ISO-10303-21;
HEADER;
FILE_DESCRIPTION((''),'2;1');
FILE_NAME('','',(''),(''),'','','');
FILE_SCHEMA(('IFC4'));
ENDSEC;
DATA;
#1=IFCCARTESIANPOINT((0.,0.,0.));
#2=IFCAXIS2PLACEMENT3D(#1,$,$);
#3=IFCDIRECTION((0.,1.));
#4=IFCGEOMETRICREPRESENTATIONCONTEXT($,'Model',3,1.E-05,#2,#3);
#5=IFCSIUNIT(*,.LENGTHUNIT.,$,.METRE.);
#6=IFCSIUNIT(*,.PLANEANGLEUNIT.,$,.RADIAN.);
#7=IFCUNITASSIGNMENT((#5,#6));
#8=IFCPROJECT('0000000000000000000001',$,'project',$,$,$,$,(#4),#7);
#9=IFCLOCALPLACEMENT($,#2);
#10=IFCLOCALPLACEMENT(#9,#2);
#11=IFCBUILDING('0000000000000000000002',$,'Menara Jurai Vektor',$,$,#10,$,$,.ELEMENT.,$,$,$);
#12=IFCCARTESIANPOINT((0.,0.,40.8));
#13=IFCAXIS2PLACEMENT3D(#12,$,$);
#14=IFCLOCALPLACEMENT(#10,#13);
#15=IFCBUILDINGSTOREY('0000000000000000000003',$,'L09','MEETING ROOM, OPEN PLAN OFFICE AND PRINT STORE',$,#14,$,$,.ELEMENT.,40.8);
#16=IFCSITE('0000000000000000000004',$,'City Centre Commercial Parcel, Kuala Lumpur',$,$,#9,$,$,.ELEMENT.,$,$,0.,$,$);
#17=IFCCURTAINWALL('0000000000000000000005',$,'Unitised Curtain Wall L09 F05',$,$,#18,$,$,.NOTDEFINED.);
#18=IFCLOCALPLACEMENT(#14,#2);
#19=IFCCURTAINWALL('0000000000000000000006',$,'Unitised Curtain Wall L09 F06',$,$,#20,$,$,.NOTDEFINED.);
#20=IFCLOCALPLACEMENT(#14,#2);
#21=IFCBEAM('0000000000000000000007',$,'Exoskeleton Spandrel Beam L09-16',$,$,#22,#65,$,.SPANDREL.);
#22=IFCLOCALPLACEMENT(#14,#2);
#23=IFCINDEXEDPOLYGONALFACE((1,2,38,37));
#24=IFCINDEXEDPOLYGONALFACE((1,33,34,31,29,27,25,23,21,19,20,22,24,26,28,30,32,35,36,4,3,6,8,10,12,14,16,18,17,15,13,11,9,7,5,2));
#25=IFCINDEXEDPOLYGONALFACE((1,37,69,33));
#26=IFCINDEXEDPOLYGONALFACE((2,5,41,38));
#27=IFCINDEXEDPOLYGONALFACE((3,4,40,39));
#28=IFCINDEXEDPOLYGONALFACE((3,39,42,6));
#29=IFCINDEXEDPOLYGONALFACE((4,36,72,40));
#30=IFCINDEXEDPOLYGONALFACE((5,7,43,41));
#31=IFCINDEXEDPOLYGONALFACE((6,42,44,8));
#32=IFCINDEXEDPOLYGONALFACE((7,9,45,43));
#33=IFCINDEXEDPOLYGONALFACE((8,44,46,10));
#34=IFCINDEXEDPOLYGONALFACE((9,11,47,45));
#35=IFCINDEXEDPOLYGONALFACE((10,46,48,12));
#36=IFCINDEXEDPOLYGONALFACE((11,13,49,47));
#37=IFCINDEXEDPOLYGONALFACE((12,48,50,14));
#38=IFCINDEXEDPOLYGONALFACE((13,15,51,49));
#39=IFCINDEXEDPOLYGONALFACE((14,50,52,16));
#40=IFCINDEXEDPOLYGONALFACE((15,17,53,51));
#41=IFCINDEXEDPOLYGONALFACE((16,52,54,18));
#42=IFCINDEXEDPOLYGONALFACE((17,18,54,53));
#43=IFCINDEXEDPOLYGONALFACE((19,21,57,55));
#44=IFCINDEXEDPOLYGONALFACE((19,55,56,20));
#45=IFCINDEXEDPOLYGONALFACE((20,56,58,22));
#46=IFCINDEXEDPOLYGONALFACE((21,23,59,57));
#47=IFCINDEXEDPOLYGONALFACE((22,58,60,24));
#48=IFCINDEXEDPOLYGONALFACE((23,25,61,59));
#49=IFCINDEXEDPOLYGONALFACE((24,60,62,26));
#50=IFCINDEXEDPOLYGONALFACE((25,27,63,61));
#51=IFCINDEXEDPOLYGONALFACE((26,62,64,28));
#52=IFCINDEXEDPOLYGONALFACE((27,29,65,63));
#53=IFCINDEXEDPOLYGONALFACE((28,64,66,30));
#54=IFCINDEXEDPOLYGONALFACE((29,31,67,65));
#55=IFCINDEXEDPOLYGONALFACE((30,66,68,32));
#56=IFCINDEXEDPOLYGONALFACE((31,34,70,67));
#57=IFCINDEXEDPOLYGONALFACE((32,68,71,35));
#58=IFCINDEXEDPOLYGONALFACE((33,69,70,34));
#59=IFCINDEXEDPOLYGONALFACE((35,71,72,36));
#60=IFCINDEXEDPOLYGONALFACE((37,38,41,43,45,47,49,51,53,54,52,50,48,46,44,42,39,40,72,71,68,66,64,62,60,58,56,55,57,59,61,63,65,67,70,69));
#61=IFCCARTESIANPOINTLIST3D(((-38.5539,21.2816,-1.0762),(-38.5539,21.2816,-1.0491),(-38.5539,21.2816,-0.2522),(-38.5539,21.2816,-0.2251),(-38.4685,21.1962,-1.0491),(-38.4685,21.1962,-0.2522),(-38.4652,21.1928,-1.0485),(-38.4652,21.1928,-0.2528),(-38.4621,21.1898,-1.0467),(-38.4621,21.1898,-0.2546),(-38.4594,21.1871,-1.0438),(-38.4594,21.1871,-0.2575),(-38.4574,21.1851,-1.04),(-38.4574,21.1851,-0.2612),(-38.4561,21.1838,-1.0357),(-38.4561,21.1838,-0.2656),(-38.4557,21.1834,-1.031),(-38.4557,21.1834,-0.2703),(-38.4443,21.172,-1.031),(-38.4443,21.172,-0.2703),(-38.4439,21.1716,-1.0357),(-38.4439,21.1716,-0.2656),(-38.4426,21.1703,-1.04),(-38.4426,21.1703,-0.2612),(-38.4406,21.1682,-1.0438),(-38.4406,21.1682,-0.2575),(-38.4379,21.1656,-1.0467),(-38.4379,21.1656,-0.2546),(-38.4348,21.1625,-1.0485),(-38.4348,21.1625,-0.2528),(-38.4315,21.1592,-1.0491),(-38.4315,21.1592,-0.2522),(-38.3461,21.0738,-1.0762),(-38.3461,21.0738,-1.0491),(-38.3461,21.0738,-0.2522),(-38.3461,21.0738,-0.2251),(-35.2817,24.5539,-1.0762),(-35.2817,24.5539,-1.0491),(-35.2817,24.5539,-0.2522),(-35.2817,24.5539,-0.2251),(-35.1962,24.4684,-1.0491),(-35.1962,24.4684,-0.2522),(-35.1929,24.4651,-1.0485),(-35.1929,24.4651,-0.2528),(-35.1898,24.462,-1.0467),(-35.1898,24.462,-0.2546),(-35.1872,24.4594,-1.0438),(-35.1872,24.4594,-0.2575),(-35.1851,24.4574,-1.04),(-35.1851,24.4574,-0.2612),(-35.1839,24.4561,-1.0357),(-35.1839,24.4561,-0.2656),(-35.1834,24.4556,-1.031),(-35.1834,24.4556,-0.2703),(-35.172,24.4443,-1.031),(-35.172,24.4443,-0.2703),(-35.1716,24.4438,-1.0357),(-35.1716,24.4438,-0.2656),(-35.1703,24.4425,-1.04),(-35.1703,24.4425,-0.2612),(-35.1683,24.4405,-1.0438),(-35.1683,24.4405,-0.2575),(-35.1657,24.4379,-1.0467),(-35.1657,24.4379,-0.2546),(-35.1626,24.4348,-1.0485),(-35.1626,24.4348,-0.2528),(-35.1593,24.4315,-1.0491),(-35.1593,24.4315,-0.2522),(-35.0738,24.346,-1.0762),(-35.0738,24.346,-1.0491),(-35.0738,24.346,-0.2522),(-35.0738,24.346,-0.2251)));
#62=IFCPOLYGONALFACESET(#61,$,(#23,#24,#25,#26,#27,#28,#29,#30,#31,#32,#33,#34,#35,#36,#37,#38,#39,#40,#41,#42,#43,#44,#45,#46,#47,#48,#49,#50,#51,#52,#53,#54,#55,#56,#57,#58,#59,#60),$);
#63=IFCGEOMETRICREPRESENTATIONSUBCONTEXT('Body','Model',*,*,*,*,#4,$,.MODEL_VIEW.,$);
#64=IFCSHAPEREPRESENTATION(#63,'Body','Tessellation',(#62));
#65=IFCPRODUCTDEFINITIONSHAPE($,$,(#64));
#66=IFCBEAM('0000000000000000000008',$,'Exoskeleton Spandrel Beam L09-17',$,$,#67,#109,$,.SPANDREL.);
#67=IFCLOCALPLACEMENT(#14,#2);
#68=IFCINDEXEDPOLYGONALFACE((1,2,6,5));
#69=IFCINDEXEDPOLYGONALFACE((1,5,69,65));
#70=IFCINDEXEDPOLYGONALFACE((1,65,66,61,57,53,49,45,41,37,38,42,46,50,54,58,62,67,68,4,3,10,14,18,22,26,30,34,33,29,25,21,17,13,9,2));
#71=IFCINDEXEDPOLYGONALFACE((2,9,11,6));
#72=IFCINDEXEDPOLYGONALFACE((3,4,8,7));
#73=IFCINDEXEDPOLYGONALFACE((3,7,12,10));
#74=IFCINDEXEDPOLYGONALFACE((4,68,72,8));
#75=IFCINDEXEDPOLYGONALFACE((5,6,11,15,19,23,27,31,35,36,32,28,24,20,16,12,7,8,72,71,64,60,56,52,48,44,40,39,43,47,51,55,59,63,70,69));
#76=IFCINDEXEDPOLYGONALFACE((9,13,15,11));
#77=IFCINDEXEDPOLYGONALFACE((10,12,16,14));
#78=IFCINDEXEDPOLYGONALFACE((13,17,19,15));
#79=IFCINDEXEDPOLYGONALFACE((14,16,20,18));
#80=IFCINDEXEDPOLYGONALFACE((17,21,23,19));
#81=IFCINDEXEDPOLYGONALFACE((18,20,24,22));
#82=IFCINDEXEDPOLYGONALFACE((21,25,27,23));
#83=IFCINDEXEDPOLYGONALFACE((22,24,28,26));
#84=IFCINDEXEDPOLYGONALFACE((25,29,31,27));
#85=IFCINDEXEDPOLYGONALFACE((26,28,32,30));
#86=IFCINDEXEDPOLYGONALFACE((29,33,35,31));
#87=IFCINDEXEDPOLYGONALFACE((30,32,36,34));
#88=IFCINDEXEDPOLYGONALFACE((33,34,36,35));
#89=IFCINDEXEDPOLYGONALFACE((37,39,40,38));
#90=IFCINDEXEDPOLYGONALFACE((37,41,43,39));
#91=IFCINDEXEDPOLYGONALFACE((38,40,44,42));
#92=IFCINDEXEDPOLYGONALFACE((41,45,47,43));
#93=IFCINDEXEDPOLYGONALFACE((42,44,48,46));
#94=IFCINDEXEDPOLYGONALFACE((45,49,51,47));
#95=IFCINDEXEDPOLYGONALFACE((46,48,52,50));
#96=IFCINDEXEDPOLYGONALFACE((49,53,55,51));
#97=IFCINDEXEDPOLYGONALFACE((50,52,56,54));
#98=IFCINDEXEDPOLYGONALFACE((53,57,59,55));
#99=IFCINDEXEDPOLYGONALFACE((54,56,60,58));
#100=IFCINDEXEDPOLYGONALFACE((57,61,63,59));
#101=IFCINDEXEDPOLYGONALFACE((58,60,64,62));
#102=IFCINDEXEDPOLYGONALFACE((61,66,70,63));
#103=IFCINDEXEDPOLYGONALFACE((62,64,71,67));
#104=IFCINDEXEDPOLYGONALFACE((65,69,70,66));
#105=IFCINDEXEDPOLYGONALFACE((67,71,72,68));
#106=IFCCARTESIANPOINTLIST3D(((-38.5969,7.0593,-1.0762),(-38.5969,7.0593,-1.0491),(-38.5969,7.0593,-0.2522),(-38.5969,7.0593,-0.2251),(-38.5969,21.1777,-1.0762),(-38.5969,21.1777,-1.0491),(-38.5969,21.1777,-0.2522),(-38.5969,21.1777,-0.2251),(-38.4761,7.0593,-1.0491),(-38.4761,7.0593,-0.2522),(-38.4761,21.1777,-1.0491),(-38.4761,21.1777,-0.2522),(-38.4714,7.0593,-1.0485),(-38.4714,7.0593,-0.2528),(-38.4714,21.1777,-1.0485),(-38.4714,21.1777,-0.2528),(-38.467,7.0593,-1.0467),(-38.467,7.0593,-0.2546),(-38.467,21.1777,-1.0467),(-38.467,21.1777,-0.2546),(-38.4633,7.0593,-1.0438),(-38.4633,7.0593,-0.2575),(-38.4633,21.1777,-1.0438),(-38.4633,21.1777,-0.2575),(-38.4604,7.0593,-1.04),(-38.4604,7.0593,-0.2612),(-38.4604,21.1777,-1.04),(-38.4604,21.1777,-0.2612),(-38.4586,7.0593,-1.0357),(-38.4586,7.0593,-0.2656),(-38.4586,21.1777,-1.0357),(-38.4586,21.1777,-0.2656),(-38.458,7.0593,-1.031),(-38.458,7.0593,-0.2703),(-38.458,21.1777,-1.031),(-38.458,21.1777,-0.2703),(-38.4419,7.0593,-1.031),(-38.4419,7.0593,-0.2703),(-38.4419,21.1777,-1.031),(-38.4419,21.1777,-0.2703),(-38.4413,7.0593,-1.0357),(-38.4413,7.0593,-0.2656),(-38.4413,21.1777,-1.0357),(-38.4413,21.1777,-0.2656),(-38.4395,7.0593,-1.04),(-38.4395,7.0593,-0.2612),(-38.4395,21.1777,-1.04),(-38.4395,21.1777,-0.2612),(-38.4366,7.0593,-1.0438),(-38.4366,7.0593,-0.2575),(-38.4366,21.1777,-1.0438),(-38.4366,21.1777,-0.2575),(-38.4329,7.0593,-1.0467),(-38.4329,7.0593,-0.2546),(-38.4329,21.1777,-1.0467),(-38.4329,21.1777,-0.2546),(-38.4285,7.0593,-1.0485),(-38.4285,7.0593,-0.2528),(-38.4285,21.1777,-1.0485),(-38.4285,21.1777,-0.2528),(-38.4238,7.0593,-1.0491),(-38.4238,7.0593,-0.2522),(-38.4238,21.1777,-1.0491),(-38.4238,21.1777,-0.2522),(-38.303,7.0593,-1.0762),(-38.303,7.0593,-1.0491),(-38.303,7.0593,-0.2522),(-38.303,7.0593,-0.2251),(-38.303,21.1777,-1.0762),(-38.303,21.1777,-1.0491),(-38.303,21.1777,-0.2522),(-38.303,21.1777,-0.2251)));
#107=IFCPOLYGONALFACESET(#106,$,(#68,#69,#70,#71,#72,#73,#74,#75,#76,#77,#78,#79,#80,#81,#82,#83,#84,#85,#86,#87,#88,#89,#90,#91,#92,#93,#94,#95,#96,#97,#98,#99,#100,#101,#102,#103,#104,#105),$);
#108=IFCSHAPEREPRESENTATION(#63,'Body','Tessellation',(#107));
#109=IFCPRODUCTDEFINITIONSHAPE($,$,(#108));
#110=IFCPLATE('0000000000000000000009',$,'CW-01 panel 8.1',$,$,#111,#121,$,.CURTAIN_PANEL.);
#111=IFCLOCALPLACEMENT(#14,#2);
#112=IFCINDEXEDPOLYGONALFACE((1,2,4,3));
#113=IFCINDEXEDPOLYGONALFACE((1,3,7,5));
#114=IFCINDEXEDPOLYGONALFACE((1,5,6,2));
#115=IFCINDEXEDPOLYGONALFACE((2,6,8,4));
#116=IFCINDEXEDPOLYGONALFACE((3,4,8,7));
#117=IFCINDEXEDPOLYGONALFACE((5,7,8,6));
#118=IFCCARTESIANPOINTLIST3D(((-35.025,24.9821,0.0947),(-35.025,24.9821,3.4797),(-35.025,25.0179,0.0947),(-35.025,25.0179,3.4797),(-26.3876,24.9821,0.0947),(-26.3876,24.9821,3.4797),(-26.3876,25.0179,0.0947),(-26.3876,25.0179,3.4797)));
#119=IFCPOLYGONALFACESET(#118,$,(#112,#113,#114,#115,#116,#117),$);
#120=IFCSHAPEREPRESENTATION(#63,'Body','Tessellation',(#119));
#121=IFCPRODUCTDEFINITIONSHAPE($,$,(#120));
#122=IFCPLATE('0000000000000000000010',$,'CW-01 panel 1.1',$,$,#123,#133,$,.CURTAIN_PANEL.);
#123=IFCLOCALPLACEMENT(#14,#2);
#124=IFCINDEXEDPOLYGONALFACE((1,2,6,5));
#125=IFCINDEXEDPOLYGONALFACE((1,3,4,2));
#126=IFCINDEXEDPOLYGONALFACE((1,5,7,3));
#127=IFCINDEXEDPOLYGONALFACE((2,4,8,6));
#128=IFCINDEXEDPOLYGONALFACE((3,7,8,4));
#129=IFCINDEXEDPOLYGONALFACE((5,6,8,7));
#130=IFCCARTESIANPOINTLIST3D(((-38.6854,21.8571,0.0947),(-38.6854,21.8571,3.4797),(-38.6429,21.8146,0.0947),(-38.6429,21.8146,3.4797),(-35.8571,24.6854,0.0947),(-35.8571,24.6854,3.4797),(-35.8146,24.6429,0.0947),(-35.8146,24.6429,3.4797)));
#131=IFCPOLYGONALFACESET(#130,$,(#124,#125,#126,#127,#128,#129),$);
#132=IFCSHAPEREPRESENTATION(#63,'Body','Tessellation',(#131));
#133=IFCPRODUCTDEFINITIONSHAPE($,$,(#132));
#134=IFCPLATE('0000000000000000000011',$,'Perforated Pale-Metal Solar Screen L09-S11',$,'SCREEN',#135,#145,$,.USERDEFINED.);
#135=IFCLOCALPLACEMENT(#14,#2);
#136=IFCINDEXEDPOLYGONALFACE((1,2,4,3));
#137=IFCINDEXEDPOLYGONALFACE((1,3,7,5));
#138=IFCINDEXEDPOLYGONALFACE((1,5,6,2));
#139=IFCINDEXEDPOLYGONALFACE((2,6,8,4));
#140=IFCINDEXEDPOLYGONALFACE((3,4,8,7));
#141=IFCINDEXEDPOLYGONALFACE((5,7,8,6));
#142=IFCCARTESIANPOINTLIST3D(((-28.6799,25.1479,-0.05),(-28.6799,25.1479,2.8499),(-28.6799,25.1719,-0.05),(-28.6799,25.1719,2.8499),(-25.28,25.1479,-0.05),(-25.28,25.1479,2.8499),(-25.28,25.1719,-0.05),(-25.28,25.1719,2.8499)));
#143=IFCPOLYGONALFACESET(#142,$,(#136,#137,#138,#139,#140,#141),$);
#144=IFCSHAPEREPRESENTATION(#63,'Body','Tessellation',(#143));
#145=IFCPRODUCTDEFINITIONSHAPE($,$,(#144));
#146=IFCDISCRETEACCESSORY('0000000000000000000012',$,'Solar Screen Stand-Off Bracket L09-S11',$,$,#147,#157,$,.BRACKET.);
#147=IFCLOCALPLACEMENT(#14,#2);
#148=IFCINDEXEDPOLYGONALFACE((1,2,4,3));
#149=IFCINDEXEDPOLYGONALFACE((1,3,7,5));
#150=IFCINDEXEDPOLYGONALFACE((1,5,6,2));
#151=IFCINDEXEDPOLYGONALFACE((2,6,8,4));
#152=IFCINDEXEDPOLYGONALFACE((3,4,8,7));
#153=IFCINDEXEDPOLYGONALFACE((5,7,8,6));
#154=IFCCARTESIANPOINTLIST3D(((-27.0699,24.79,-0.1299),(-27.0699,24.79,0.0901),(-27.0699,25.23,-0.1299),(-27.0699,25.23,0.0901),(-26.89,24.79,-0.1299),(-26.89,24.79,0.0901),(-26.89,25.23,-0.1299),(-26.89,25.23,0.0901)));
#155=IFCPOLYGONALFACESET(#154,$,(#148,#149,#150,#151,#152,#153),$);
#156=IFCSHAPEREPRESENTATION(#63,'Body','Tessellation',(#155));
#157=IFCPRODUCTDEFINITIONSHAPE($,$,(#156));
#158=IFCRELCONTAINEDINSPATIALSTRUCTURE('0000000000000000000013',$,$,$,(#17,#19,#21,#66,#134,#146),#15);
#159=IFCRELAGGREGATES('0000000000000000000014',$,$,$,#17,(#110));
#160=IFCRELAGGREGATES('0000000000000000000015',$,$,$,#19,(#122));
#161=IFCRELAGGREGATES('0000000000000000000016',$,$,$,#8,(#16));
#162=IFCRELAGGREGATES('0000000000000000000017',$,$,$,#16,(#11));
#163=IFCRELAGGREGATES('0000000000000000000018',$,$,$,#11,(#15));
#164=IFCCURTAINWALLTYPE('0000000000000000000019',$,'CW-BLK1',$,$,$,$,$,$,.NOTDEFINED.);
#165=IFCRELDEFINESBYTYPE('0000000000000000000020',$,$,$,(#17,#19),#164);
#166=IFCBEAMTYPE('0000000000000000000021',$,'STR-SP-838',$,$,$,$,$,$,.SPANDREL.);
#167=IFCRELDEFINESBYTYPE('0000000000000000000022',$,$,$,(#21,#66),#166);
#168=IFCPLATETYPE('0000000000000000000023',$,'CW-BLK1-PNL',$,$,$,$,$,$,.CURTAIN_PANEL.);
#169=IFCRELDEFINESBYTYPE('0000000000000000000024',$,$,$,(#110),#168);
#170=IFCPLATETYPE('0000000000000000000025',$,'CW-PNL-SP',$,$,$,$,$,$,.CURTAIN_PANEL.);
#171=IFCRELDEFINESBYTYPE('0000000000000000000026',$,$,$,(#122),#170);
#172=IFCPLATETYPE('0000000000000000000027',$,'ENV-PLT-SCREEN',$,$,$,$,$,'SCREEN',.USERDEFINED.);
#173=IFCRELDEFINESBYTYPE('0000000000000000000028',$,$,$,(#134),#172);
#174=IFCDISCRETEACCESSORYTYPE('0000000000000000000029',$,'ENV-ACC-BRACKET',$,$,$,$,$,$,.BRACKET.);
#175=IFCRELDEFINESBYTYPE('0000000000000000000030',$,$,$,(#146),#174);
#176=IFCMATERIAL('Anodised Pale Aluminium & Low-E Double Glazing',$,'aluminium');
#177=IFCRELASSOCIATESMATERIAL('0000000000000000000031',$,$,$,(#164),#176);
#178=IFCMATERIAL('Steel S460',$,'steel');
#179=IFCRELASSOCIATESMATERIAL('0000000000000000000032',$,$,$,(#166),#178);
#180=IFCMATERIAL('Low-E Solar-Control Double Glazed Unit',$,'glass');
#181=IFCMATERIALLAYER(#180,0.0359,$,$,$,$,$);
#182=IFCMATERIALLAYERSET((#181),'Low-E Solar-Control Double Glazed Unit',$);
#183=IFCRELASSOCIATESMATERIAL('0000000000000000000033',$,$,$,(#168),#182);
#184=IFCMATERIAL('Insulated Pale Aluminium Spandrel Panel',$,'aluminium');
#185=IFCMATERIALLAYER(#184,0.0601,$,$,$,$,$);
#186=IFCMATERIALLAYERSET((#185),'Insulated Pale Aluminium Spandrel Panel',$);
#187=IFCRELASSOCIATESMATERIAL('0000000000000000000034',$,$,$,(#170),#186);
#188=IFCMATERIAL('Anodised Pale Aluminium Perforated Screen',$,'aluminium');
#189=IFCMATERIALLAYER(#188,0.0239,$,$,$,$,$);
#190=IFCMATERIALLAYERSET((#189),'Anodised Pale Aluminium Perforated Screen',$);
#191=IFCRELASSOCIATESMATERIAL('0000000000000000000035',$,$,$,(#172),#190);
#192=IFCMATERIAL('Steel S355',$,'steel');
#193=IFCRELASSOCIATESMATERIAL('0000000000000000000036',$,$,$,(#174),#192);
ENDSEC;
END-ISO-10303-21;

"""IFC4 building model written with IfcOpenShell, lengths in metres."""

from ifc_helpers import new_model, si_unit, direction, frame, origin, origin_2d, place, context, subcontext, project, spatial, rectangle, i_section, extrude, material, layer, layer_set, material_profile, profile_set, type_object, element, aggregate, save


model = new_model("IFC4")

# Units and contexts
model_context = context("Model", 3, precision=1e-05, world=origin(), true_north=direction((0.0, 1.0)))
body_context = subcontext(model_context, "Body", "Model", "MODEL_VIEW")
ifc_project = project(units=[si_unit("LENGTHUNIT", "METRE"), si_unit("PLANEANGLEUNIT", "RADIAN")], contexts=[model_context])

# Site, building, storey
site_placement = place(None, origin())
site = spatial("IfcSite", under=ifc_project, at=site_placement, Name="City Centre Commercial Parcel, Kuala Lumpur", CompositionType="ELEMENT", RefElevation=0.0)
building_placement = place(site_placement, origin())
building = spatial("IfcBuilding", under=site, at=building_placement, Name="Menara Jurai Vektor", CompositionType="ELEMENT")
storey_placement = place(building_placement, frame((0.0, 0.0, 40.8)))
storey = spatial("IfcBuildingStorey", under=building, at=storey_placement, Name="L09", Description="MEETING ROOM, OPEN PLAN OFFICE AND PRINT STORE", CompositionType="ELEMENT", Elevation=40.8)

# Shared definitions
ifc_material_1 = material(Name="Steel S460", Category="steel")

# Curtain walls
ifc_material_2 = material(Name="Anodised Pale Aluminium & Low-E Double Glazing", Category="aluminium")
curtain_wall_type = type_object("IfcCurtainWallType", Name="CW-BLK1", PredefinedType="NOTDEFINED", material=ifc_material_2)
curtain_wall_1_placement = place(storey_placement, origin())
curtain_wall_1 = element("IfcCurtainWall", 1, at=curtain_wall_1_placement, inside=storey, type_object=curtain_wall_type, Name="Unitised Curtain Wall L09 F05", PredefinedType="NOTDEFINED")
curtain_wall_2_placement = place(storey_placement, origin())
curtain_wall_2 = element("IfcCurtainWall", 2, at=curtain_wall_2_placement, inside=storey, type_object=curtain_wall_type, Name="Unitised Curtain Wall L09 F06", PredefinedType="NOTDEFINED")

# Shared definitions
ifc_material_3 = material(Name="Steel S355", Category="steel")

# Beams
ifc_material_profile_1 = material_profile(ifc_material_1, i_section(OverallWidth=0.2939, OverallDepth=0.8511, WebThickness=0.0161, FlangeThickness=0.0271, FilletRadius=0.0181, at=origin_2d()), Name="UKB 838x292x226")
ifc_profile_set_1 = profile_set([ifc_material_profile_1], Name="Steel S460")
beam_type_1 = type_object("IfcBeamType", Name="STR-SP-838", PredefinedType="SPANDREL", material=ifc_profile_set_1)
beam_1_placement = place(storey_placement, frame((-35.1777, 24.45, -0.6506), z_axis=(-0.707107, -0.707107, 0.0), x_axis=(0.707107, -0.707107, 0.0)))
element("IfcBeam", 3, at=beam_1_placement, inside=storey, type_object=beam_type_1, Name="Exoskeleton Spandrel Beam L09-16", PredefinedType="SPANDREL", context=body_context, shape_type="SweptSolid", body=[
    extrude(i_section(OverallWidth=0.2939, OverallDepth=0.8511, WebThickness=0.0161, FlangeThickness=0.0271, FilletRadius=0.0181, at=origin_2d()), origin(), (0.0, 0.0, 1.0), 4.6277),
])
beam_2_placement = place(storey_placement, frame((-38.45, 21.1777, -0.6506), z_axis=(0.0, -1.0, 0.0), x_axis=(1.0, 0.0, 0.0)))
element("IfcBeam", 4, at=beam_2_placement, inside=storey, type_object=beam_type_1, Name="Exoskeleton Spandrel Beam L09-17", PredefinedType="SPANDREL", context=body_context, shape_type="SweptSolid", body=[
    extrude(i_section(OverallWidth=0.2939, OverallDepth=0.8511, WebThickness=0.0161, FlangeThickness=0.0271, FilletRadius=0.0181, at=origin_2d()), origin(), (0.0, 0.0, 1.0), 14.1184),
])

# Plates
ifc_material_4 = material(Name="Low-E Solar-Control Double Glazed Unit", Category="glass")
ifc_layer_1 = layer(ifc_material_4, 0.0359)
ifc_layer_set_1 = layer_set([ifc_layer_1], Name="Low-E Solar-Control Double Glazed Unit")
plate_type_1 = type_object("IfcPlateType", Name="CW-BLK1-PNL", PredefinedType="CURTAIN_PANEL", material=ifc_layer_set_1)
plate_1_placement = place(storey_placement, frame((-30.7063, 25.0, 0.0947), z_axis=(0.0, 0.0, 1.0), x_axis=(-1.0, 0.0, 0.0)))
plate_1 = element("IfcPlate", 5, at=plate_1_placement, type_object=plate_type_1, Name="CW-01 panel 8.1", PredefinedType="CURTAIN_PANEL", context=body_context, shape_type="SweptSolid", body=[
    extrude(rectangle(XDim=8.6375, YDim=0.0359, at=origin_2d()), origin(), (0.0, 0.0, 1.0), 3.385),
])
aggregate(curtain_wall_1, [plate_1])
ifc_material_5 = material(Name="Insulated Pale Aluminium Spandrel Panel", Category="aluminium")
ifc_layer_2 = layer(ifc_material_5, 0.0601)
ifc_layer_set_2 = layer_set([ifc_layer_2], Name="Insulated Pale Aluminium Spandrel Panel")
plate_type_2 = type_object("IfcPlateType", Name="CW-PNL-SP", PredefinedType="CURTAIN_PANEL", material=ifc_layer_set_2)
plate_2_placement = place(storey_placement, frame((-37.25, 23.25, 0.0947), z_axis=(0.0, 0.0, 1.0), x_axis=(-0.707107, -0.707107, 0.0)))
plate_2 = element("IfcPlate", 6, at=plate_2_placement, type_object=plate_type_2, Name="CW-01 panel 1.1", PredefinedType="CURTAIN_PANEL", context=body_context, shape_type="SweptSolid", body=[
    extrude(rectangle(XDim=3.9998, YDim=0.0601, at=origin_2d()), origin(), (0.0, 0.0, 1.0), 3.385),
])
aggregate(curtain_wall_2, [plate_2])
ifc_material_6 = material(Name="Anodised Pale Aluminium Perforated Screen", Category="aluminium")
ifc_layer_3 = layer(ifc_material_6, 0.0239)
ifc_layer_set_3 = layer_set([ifc_layer_3], Name="Anodised Pale Aluminium Perforated Screen")
plate_type_3 = type_object("IfcPlateType", Name="ENV-PLT-SCREEN", ElementType="SCREEN", PredefinedType="USERDEFINED", material=ifc_layer_set_3)
plate_3_placement = place(storey_placement, frame((-26.98, 25.1599, -0.05), z_axis=(0.0, 0.0, 1.0), x_axis=(-1.0, 0.0, 0.0)))
element("IfcPlate", 7, at=plate_3_placement, inside=storey, type_object=plate_type_3, Name="Perforated Pale-Metal Solar Screen L09-S11", ObjectType="SCREEN", PredefinedType="USERDEFINED", context=body_context, shape_type="SweptSolid", body=[
    extrude(rectangle(XDim=3.3999, YDim=0.0239, at=origin_2d()), origin(), (0.0, 0.0, 1.0), 2.8999),
])

# Discrete accessory
discrete_accessory_type = type_object("IfcDiscreteAccessoryType", Name="ENV-ACC-BRACKET", PredefinedType="BRACKET", material=ifc_material_3)
discrete_accessory_placement = place(storey_placement, frame((-26.98, 25.01, -0.1299), z_axis=(0.0, 0.0, 1.0), x_axis=(-1.0, 0.0, 0.0)))
element("IfcDiscreteAccessory", 8, at=discrete_accessory_placement, inside=storey, type_object=discrete_accessory_type, Name="Solar Screen Stand-Off Bracket L09-S11", PredefinedType="BRACKET", context=body_context, shape_type="SweptSolid", body=[
    extrude(rectangle(XDim=0.1799, YDim=0.4399, at=origin_2d()), origin(), (0.0, 0.0, 1.0), 0.22),
])

save(model, "model.ifc")
